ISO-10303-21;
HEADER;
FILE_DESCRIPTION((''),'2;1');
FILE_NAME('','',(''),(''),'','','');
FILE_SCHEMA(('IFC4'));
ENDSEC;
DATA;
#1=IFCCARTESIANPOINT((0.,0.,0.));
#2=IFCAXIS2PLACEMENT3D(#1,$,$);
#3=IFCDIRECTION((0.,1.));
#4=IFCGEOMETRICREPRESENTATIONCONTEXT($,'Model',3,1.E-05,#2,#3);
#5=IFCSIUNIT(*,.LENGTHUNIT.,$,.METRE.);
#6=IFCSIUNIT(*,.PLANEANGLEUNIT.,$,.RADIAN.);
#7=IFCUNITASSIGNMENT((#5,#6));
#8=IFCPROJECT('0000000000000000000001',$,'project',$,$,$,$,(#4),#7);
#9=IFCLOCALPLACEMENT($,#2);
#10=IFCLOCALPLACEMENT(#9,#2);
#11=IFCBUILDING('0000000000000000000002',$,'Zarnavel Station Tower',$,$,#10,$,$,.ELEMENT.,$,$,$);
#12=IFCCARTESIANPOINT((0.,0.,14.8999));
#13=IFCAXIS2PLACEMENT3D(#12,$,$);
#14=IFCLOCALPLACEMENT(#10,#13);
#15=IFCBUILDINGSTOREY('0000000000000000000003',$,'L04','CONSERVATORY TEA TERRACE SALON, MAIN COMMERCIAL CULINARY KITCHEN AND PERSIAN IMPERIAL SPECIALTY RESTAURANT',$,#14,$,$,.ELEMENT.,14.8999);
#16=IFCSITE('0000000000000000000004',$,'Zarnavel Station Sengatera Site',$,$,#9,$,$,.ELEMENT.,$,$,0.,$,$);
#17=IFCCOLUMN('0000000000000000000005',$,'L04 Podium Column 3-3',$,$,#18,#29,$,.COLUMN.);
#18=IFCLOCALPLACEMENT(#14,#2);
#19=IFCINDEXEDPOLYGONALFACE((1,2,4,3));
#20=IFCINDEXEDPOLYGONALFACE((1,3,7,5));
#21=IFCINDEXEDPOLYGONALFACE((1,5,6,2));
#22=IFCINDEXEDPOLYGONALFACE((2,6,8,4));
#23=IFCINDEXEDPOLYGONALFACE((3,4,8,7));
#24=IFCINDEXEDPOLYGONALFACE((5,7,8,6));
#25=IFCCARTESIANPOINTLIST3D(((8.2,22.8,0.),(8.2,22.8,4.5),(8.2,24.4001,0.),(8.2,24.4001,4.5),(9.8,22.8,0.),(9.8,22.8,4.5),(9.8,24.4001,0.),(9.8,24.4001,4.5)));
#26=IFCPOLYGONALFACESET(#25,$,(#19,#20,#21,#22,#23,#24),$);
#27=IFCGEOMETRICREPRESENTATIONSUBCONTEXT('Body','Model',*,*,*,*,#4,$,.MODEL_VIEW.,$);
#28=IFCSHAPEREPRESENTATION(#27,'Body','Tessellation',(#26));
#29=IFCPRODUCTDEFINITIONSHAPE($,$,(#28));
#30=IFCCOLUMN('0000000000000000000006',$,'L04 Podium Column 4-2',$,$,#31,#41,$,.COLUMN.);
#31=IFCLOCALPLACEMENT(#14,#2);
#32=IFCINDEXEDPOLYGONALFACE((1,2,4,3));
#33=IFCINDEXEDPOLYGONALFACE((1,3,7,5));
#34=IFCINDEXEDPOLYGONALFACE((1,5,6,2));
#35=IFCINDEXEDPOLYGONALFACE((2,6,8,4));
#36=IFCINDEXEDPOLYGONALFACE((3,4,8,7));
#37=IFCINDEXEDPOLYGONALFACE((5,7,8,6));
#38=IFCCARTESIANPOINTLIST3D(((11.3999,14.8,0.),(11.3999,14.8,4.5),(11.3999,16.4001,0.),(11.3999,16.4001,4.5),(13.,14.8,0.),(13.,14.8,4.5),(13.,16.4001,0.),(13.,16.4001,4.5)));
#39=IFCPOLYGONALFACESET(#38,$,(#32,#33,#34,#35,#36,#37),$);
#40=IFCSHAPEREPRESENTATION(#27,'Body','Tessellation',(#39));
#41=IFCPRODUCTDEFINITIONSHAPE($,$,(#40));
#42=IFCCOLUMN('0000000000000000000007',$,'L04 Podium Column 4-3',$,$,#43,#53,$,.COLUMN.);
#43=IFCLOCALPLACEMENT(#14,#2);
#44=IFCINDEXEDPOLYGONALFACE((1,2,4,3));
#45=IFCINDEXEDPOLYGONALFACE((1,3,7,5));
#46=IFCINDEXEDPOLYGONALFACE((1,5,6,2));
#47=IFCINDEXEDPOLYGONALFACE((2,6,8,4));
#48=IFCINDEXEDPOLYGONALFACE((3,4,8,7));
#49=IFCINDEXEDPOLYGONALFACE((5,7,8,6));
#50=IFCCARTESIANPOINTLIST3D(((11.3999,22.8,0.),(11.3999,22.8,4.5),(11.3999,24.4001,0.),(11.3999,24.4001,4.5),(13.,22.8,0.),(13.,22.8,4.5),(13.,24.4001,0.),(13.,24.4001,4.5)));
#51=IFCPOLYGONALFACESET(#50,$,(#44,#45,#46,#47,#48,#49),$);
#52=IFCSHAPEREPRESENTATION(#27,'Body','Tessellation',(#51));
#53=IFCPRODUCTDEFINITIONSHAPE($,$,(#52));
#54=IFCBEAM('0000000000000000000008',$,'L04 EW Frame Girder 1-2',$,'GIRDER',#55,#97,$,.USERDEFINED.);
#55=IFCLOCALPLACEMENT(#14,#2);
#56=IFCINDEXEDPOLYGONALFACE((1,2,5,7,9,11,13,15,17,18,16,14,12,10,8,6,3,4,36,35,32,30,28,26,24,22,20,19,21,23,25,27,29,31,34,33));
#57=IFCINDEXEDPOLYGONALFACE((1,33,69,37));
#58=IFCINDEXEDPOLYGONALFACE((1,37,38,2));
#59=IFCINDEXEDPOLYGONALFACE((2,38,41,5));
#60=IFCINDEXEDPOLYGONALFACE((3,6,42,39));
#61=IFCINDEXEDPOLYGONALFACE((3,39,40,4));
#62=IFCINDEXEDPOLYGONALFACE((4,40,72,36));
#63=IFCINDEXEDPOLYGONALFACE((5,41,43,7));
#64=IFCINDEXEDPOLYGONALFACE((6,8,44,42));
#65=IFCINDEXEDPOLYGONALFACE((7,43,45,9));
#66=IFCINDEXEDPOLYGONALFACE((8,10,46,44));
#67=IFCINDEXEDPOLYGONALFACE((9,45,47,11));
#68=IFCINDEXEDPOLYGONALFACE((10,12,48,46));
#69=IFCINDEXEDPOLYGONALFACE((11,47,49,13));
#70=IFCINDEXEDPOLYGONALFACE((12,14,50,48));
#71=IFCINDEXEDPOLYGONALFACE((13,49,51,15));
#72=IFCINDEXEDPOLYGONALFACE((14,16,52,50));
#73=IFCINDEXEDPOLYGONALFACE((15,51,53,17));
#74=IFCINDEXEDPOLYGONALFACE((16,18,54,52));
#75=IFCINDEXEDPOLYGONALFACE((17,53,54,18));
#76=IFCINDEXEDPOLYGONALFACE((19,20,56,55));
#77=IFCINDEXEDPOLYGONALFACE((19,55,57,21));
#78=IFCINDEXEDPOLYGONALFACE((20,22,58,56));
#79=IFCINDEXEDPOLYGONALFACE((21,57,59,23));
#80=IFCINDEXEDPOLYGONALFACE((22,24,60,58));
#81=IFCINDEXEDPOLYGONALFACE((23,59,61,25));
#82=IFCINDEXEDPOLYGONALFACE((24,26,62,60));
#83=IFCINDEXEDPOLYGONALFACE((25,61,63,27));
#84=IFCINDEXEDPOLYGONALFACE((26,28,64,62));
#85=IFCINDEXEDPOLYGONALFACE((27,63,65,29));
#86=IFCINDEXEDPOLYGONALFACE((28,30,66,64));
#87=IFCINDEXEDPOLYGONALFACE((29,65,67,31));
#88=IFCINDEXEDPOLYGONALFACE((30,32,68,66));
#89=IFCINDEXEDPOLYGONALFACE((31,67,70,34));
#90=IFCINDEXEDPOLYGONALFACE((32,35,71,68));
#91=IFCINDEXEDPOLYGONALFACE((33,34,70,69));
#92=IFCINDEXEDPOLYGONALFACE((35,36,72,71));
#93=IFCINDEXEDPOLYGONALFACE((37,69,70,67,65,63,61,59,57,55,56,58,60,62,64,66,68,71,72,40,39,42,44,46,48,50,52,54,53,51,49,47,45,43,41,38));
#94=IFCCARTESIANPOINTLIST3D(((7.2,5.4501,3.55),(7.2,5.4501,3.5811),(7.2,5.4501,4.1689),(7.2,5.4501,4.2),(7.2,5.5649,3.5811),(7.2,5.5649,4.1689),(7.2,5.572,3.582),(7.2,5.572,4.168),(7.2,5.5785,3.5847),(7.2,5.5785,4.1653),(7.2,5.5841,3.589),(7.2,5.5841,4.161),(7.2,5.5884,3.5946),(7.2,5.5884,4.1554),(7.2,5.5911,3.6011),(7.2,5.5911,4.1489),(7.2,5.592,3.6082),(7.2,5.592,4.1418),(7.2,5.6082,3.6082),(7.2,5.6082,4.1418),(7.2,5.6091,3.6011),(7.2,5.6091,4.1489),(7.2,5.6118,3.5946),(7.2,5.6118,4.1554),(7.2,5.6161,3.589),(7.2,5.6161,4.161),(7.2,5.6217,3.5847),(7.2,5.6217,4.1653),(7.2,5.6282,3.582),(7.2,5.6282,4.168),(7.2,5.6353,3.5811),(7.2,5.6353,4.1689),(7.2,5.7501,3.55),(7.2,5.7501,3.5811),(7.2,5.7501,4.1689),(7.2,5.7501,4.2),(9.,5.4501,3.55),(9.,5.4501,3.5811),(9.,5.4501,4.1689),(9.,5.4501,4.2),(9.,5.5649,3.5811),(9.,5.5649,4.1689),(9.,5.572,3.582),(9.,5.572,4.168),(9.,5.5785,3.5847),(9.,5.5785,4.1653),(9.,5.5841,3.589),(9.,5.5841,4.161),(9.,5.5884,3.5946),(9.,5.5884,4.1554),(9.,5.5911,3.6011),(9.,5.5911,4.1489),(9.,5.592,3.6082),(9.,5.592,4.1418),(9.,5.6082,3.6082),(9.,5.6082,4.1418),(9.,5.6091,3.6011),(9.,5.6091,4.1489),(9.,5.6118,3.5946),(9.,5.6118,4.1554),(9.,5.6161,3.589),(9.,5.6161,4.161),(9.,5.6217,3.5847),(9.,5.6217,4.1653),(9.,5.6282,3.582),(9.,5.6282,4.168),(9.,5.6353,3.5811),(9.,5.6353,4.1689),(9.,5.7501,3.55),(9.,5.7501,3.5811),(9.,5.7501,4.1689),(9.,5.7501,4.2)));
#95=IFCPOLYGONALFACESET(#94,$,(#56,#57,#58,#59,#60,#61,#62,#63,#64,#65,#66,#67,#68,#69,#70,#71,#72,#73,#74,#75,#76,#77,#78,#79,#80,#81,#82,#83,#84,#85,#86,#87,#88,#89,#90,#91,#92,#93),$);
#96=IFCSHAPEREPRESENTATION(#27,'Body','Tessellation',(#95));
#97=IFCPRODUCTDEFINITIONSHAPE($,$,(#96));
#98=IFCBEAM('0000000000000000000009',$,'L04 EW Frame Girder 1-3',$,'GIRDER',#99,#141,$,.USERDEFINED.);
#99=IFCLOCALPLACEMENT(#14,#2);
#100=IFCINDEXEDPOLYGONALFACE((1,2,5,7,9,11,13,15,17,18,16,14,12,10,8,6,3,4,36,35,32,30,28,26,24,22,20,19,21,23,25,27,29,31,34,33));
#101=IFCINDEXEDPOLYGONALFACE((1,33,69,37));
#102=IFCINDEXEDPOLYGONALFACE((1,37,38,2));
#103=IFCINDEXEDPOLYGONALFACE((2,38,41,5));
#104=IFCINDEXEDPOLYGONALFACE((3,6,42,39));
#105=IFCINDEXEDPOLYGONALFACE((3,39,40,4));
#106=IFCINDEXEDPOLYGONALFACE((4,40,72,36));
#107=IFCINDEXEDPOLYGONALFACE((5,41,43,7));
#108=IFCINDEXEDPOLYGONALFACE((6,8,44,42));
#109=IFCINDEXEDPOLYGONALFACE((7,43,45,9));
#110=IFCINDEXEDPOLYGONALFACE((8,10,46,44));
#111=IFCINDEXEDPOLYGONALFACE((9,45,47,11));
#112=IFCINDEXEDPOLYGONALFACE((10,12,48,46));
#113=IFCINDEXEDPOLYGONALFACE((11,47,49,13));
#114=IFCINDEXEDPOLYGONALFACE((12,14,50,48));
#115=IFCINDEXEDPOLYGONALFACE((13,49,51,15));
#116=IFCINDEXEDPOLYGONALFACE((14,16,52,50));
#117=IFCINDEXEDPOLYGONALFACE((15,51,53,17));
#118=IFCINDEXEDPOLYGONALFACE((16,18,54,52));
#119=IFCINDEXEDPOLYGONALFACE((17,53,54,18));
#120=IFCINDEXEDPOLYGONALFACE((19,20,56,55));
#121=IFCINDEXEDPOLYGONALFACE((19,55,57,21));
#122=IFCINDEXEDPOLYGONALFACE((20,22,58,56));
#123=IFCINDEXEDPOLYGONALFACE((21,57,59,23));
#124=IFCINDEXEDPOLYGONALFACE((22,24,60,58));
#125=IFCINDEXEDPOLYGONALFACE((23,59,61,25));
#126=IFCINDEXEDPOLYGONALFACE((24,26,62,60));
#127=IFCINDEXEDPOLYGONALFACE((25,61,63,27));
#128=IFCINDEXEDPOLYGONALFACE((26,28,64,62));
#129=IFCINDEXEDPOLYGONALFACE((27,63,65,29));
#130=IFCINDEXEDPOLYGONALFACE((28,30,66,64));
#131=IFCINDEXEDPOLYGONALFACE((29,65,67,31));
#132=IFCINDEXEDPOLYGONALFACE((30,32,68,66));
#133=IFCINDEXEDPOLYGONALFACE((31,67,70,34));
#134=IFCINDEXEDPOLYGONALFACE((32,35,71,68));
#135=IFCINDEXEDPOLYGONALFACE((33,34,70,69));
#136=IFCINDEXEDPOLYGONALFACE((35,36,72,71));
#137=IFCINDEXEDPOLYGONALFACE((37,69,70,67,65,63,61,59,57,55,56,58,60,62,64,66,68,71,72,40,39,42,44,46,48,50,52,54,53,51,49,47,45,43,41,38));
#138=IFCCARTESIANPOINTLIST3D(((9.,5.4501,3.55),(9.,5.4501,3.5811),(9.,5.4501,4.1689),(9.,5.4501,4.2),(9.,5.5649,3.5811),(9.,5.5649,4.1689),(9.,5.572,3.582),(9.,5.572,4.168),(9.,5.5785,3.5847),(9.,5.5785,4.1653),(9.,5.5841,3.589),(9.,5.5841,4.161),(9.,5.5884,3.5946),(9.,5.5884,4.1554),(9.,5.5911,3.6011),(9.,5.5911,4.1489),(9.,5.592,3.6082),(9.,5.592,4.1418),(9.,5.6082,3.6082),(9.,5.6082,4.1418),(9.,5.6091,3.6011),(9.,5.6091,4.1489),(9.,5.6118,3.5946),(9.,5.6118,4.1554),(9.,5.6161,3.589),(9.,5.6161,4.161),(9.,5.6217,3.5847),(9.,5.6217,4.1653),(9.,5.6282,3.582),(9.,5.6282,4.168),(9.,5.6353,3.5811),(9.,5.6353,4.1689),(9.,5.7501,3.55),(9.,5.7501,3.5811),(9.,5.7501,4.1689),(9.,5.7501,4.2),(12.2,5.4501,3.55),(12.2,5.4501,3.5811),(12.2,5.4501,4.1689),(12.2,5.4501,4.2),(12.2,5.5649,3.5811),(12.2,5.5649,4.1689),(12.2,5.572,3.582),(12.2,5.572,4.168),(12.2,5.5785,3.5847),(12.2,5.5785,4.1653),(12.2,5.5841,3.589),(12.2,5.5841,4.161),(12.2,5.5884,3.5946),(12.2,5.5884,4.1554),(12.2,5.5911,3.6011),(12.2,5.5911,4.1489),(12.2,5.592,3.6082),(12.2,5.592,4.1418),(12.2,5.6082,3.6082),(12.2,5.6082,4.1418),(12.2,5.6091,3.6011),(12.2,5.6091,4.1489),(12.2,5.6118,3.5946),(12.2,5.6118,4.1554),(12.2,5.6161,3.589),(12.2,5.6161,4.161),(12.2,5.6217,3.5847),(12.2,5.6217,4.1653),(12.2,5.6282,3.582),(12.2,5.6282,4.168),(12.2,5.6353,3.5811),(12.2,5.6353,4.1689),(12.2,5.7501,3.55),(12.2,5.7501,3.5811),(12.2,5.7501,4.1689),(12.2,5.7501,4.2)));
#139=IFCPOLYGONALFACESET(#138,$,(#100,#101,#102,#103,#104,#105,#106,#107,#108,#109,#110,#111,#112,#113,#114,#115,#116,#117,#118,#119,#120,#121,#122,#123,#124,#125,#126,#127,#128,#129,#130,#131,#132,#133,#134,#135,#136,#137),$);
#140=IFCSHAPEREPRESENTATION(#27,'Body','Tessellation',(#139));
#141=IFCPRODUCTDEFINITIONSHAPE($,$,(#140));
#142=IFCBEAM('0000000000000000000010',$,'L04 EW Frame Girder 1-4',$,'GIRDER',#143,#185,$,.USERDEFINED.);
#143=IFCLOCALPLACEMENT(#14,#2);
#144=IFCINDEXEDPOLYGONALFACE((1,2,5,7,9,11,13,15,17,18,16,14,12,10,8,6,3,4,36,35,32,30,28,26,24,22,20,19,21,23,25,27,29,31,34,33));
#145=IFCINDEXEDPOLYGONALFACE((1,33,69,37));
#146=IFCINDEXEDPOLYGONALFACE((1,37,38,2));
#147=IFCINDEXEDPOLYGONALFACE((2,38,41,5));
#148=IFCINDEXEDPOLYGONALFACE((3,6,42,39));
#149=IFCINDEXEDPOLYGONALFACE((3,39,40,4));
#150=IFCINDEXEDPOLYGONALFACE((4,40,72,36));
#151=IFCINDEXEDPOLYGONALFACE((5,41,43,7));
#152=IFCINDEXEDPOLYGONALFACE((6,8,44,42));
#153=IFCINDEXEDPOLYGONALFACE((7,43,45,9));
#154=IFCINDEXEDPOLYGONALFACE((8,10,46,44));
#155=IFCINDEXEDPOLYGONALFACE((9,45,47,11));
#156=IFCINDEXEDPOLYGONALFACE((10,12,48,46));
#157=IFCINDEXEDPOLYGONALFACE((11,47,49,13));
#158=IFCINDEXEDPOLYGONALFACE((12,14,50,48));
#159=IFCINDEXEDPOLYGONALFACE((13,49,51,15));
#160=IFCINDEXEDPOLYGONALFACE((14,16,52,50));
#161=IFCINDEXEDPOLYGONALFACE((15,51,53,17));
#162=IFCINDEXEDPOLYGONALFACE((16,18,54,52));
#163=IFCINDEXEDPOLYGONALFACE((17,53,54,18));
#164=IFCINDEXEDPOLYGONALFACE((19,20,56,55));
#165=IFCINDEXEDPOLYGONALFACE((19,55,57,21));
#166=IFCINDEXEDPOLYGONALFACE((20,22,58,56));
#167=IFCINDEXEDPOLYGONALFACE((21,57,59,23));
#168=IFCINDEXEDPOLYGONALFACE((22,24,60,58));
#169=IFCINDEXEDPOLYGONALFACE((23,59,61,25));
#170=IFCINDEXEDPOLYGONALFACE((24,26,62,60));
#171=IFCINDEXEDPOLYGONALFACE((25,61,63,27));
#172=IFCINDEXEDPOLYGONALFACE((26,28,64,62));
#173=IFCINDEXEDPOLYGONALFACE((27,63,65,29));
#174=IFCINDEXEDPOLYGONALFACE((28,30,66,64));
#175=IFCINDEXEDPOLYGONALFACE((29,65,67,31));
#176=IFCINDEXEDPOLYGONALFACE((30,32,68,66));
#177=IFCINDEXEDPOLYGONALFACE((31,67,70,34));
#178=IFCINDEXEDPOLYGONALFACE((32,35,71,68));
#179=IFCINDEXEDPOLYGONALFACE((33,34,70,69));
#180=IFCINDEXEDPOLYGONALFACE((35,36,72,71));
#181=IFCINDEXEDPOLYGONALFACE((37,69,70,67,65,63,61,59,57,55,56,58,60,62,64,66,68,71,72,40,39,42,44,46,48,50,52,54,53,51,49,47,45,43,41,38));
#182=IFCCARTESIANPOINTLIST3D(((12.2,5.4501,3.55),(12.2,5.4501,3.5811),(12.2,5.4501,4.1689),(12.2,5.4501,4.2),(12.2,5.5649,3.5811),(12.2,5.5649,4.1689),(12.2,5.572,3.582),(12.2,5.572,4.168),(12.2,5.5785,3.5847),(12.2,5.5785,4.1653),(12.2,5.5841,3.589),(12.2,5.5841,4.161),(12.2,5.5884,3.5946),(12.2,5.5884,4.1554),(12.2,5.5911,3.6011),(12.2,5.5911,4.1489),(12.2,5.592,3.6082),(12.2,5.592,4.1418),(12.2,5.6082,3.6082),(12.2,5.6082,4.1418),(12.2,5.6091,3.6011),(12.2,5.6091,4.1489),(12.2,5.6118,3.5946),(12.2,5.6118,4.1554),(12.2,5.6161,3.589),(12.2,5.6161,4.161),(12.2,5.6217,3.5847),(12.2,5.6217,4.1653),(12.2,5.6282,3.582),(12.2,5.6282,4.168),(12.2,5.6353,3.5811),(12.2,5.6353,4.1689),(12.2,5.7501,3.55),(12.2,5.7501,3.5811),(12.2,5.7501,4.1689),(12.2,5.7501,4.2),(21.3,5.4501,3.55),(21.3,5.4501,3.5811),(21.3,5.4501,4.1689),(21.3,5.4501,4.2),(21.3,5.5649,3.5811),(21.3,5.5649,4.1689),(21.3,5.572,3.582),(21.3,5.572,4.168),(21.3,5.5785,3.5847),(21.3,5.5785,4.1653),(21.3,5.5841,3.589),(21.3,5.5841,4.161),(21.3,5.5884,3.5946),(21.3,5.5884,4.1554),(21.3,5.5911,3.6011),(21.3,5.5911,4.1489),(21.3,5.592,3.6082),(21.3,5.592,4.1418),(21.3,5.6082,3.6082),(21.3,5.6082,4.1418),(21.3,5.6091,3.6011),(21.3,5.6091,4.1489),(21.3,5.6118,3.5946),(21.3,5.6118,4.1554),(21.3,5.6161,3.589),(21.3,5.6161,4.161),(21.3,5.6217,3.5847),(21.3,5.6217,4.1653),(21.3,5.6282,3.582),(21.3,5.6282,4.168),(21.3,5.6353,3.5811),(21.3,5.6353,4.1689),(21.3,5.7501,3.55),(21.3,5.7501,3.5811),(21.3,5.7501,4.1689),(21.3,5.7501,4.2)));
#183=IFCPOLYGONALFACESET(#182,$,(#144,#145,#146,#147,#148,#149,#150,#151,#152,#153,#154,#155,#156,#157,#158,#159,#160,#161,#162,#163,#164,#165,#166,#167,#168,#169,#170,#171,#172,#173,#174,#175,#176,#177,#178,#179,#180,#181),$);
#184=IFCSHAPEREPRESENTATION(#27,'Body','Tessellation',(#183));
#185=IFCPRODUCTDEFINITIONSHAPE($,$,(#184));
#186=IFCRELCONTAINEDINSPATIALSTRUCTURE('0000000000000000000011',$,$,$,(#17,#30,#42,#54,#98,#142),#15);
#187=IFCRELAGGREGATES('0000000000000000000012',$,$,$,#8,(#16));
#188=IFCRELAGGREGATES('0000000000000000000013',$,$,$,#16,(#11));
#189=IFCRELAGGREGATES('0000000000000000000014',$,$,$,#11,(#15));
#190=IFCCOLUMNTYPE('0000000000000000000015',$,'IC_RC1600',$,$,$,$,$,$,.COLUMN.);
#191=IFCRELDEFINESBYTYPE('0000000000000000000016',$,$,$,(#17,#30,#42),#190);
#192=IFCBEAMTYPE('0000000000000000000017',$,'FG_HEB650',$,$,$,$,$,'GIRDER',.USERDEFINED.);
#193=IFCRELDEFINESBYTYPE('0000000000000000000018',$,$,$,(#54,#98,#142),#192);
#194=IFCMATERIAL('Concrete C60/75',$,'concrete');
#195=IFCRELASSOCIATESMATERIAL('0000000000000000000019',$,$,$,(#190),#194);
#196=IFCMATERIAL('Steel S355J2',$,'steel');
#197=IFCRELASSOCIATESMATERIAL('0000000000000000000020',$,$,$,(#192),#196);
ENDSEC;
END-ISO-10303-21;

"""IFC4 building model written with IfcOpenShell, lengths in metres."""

from ifc_helpers import new_model, si_unit, direction, frame, origin, origin_2d, place, context, subcontext, project, spatial, rectangle, i_section, extrude, material, material_profile, profile_set, type_object, element, save


model = new_model("IFC4")

# Units and contexts
model_context = context("Model", 3, precision=1e-05, world=origin(), true_north=direction((0.0, 1.0)))
body_context = subcontext(model_context, "Body", "Model", "MODEL_VIEW")
ifc_project = project(units=[si_unit("LENGTHUNIT", "METRE"), si_unit("PLANEANGLEUNIT", "RADIAN")], contexts=[model_context])

# Site, building, storey
site_placement = place(None, origin())
site = spatial("IfcSite", under=ifc_project, at=site_placement, Name="Zarnavel Station Sengatera Site", CompositionType="ELEMENT", RefElevation=0.0)
building_placement = place(site_placement, origin())
building = spatial("IfcBuilding", under=site, at=building_placement, Name="Zarnavel Station Tower", CompositionType="ELEMENT")
storey_placement = place(building_placement, frame((0.0, 0.0, 14.8999)))
storey = spatial("IfcBuildingStorey", under=building, at=storey_placement, Name="L04", Description="CONSERVATORY TEA TERRACE SALON, MAIN COMMERCIAL CULINARY KITCHEN AND PERSIAN IMPERIAL SPECIALTY RESTAURANT", CompositionType="ELEMENT", Elevation=14.8999)

# Columns
ifc_material_1 = material(Name="Concrete C60/75", Category="concrete")
ifc_material_profile_1 = material_profile(ifc_material_1, rectangle(XDim=1.6001, YDim=1.6001, at=origin_2d()), Name="RC1600x1600")
ifc_profile_set_1 = profile_set([ifc_material_profile_1], Name="Concrete C60/75")
column_type_1 = type_object("IfcColumnType", Name="IC_RC1600", PredefinedType="COLUMN", material=ifc_profile_set_1)
for number, where, z_axis, x_axis, name in (
    (1, (9.0, 23.6001, 0.0), (0.0, 0.0, 1.0), (1.0, 0.0, 0.0), "L04 Podium Column 3-3"),
    (2, (12.2, 15.6001, 0.0), (0.0, 0.0, 1.0), (1.0, 0.0, 0.0), "L04 Podium Column 4-2"),
    (3, (12.2, 23.6001, 0.0), (0.0, 0.0, 1.0), (1.0, 0.0, 0.0), "L04 Podium Column 4-3"),
):
    element("IfcColumn", number, at=place(storey_placement, frame(where, z_axis=z_axis, x_axis=x_axis)), inside=storey, type_object=column_type_1, Name=name, PredefinedType="COLUMN", context=body_context, shape_type="SweptSolid", body=[
        extrude(rectangle(XDim=1.6001, YDim=1.6001, at=origin_2d()), origin(), (0.0, 0.0, 1.0), 4.5),
    ])

# Beams
ifc_material_2 = material(Name="Steel S355J2", Category="steel")
ifc_material_profile_2 = material_profile(ifc_material_2, i_section(OverallWidth=0.3, OverallDepth=0.6499, WebThickness=0.0161, FlangeThickness=0.031, FilletRadius=0.0271, at=origin_2d()), Name="HEB650")
ifc_profile_set_2 = profile_set([ifc_material_profile_2], Name="Steel S355J2")
beam_type_1 = type_object("IfcBeamType", Name="FG_HEB650", ElementType="GIRDER", PredefinedType="USERDEFINED", material=ifc_profile_set_2)
beam_1_placement = place(storey_placement, frame((7.2, 5.6001, 3.875), z_axis=(1.0, 0.0, 0.0), x_axis=(0.0, 1.0, 0.0)))
element("IfcBeam", 4, at=beam_1_placement, inside=storey, type_object=beam_type_1, Name="L04 EW Frame Girder 1-2", ObjectType="GIRDER", PredefinedType="USERDEFINED", context=body_context, shape_type="SweptSolid", body=[
    extrude(i_section(OverallWidth=0.3, OverallDepth=0.6499, WebThickness=0.0161, FlangeThickness=0.031, FilletRadius=0.0271, at=origin_2d()), origin(), (0.0, 0.0, 1.0), 1.8),
])
beam_2_placement = place(storey_placement, frame((9.0, 5.6001, 3.875), z_axis=(1.0, 0.0, 0.0), x_axis=(0.0, 1.0, 0.0)))
element("IfcBeam", 5, at=beam_2_placement, inside=storey, type_object=beam_type_1, Name="L04 EW Frame Girder 1-3", ObjectType="GIRDER", PredefinedType="USERDEFINED", context=body_context, shape_type="SweptSolid", body=[
    extrude(i_section(OverallWidth=0.3, OverallDepth=0.6499, WebThickness=0.0161, FlangeThickness=0.031, FilletRadius=0.0271, at=origin_2d()), origin(), (0.0, 0.0, 1.0), 3.2),
])
beam_3_placement = place(storey_placement, frame((12.2, 5.6001, 3.875), z_axis=(1.0, 0.0, 0.0), x_axis=(0.0, 1.0, 0.0)))
element("IfcBeam", 6, at=beam_3_placement, inside=storey, type_object=beam_type_1, Name="L04 EW Frame Girder 1-4", ObjectType="GIRDER", PredefinedType="USERDEFINED", context=body_context, shape_type="SweptSolid", body=[
    extrude(i_section(OverallWidth=0.3, OverallDepth=0.6499, WebThickness=0.0161, FlangeThickness=0.031, FilletRadius=0.0271, at=origin_2d()), origin(), (0.0, 0.0, 1.0), 9.1001),
])

save(model, "model.ifc")
